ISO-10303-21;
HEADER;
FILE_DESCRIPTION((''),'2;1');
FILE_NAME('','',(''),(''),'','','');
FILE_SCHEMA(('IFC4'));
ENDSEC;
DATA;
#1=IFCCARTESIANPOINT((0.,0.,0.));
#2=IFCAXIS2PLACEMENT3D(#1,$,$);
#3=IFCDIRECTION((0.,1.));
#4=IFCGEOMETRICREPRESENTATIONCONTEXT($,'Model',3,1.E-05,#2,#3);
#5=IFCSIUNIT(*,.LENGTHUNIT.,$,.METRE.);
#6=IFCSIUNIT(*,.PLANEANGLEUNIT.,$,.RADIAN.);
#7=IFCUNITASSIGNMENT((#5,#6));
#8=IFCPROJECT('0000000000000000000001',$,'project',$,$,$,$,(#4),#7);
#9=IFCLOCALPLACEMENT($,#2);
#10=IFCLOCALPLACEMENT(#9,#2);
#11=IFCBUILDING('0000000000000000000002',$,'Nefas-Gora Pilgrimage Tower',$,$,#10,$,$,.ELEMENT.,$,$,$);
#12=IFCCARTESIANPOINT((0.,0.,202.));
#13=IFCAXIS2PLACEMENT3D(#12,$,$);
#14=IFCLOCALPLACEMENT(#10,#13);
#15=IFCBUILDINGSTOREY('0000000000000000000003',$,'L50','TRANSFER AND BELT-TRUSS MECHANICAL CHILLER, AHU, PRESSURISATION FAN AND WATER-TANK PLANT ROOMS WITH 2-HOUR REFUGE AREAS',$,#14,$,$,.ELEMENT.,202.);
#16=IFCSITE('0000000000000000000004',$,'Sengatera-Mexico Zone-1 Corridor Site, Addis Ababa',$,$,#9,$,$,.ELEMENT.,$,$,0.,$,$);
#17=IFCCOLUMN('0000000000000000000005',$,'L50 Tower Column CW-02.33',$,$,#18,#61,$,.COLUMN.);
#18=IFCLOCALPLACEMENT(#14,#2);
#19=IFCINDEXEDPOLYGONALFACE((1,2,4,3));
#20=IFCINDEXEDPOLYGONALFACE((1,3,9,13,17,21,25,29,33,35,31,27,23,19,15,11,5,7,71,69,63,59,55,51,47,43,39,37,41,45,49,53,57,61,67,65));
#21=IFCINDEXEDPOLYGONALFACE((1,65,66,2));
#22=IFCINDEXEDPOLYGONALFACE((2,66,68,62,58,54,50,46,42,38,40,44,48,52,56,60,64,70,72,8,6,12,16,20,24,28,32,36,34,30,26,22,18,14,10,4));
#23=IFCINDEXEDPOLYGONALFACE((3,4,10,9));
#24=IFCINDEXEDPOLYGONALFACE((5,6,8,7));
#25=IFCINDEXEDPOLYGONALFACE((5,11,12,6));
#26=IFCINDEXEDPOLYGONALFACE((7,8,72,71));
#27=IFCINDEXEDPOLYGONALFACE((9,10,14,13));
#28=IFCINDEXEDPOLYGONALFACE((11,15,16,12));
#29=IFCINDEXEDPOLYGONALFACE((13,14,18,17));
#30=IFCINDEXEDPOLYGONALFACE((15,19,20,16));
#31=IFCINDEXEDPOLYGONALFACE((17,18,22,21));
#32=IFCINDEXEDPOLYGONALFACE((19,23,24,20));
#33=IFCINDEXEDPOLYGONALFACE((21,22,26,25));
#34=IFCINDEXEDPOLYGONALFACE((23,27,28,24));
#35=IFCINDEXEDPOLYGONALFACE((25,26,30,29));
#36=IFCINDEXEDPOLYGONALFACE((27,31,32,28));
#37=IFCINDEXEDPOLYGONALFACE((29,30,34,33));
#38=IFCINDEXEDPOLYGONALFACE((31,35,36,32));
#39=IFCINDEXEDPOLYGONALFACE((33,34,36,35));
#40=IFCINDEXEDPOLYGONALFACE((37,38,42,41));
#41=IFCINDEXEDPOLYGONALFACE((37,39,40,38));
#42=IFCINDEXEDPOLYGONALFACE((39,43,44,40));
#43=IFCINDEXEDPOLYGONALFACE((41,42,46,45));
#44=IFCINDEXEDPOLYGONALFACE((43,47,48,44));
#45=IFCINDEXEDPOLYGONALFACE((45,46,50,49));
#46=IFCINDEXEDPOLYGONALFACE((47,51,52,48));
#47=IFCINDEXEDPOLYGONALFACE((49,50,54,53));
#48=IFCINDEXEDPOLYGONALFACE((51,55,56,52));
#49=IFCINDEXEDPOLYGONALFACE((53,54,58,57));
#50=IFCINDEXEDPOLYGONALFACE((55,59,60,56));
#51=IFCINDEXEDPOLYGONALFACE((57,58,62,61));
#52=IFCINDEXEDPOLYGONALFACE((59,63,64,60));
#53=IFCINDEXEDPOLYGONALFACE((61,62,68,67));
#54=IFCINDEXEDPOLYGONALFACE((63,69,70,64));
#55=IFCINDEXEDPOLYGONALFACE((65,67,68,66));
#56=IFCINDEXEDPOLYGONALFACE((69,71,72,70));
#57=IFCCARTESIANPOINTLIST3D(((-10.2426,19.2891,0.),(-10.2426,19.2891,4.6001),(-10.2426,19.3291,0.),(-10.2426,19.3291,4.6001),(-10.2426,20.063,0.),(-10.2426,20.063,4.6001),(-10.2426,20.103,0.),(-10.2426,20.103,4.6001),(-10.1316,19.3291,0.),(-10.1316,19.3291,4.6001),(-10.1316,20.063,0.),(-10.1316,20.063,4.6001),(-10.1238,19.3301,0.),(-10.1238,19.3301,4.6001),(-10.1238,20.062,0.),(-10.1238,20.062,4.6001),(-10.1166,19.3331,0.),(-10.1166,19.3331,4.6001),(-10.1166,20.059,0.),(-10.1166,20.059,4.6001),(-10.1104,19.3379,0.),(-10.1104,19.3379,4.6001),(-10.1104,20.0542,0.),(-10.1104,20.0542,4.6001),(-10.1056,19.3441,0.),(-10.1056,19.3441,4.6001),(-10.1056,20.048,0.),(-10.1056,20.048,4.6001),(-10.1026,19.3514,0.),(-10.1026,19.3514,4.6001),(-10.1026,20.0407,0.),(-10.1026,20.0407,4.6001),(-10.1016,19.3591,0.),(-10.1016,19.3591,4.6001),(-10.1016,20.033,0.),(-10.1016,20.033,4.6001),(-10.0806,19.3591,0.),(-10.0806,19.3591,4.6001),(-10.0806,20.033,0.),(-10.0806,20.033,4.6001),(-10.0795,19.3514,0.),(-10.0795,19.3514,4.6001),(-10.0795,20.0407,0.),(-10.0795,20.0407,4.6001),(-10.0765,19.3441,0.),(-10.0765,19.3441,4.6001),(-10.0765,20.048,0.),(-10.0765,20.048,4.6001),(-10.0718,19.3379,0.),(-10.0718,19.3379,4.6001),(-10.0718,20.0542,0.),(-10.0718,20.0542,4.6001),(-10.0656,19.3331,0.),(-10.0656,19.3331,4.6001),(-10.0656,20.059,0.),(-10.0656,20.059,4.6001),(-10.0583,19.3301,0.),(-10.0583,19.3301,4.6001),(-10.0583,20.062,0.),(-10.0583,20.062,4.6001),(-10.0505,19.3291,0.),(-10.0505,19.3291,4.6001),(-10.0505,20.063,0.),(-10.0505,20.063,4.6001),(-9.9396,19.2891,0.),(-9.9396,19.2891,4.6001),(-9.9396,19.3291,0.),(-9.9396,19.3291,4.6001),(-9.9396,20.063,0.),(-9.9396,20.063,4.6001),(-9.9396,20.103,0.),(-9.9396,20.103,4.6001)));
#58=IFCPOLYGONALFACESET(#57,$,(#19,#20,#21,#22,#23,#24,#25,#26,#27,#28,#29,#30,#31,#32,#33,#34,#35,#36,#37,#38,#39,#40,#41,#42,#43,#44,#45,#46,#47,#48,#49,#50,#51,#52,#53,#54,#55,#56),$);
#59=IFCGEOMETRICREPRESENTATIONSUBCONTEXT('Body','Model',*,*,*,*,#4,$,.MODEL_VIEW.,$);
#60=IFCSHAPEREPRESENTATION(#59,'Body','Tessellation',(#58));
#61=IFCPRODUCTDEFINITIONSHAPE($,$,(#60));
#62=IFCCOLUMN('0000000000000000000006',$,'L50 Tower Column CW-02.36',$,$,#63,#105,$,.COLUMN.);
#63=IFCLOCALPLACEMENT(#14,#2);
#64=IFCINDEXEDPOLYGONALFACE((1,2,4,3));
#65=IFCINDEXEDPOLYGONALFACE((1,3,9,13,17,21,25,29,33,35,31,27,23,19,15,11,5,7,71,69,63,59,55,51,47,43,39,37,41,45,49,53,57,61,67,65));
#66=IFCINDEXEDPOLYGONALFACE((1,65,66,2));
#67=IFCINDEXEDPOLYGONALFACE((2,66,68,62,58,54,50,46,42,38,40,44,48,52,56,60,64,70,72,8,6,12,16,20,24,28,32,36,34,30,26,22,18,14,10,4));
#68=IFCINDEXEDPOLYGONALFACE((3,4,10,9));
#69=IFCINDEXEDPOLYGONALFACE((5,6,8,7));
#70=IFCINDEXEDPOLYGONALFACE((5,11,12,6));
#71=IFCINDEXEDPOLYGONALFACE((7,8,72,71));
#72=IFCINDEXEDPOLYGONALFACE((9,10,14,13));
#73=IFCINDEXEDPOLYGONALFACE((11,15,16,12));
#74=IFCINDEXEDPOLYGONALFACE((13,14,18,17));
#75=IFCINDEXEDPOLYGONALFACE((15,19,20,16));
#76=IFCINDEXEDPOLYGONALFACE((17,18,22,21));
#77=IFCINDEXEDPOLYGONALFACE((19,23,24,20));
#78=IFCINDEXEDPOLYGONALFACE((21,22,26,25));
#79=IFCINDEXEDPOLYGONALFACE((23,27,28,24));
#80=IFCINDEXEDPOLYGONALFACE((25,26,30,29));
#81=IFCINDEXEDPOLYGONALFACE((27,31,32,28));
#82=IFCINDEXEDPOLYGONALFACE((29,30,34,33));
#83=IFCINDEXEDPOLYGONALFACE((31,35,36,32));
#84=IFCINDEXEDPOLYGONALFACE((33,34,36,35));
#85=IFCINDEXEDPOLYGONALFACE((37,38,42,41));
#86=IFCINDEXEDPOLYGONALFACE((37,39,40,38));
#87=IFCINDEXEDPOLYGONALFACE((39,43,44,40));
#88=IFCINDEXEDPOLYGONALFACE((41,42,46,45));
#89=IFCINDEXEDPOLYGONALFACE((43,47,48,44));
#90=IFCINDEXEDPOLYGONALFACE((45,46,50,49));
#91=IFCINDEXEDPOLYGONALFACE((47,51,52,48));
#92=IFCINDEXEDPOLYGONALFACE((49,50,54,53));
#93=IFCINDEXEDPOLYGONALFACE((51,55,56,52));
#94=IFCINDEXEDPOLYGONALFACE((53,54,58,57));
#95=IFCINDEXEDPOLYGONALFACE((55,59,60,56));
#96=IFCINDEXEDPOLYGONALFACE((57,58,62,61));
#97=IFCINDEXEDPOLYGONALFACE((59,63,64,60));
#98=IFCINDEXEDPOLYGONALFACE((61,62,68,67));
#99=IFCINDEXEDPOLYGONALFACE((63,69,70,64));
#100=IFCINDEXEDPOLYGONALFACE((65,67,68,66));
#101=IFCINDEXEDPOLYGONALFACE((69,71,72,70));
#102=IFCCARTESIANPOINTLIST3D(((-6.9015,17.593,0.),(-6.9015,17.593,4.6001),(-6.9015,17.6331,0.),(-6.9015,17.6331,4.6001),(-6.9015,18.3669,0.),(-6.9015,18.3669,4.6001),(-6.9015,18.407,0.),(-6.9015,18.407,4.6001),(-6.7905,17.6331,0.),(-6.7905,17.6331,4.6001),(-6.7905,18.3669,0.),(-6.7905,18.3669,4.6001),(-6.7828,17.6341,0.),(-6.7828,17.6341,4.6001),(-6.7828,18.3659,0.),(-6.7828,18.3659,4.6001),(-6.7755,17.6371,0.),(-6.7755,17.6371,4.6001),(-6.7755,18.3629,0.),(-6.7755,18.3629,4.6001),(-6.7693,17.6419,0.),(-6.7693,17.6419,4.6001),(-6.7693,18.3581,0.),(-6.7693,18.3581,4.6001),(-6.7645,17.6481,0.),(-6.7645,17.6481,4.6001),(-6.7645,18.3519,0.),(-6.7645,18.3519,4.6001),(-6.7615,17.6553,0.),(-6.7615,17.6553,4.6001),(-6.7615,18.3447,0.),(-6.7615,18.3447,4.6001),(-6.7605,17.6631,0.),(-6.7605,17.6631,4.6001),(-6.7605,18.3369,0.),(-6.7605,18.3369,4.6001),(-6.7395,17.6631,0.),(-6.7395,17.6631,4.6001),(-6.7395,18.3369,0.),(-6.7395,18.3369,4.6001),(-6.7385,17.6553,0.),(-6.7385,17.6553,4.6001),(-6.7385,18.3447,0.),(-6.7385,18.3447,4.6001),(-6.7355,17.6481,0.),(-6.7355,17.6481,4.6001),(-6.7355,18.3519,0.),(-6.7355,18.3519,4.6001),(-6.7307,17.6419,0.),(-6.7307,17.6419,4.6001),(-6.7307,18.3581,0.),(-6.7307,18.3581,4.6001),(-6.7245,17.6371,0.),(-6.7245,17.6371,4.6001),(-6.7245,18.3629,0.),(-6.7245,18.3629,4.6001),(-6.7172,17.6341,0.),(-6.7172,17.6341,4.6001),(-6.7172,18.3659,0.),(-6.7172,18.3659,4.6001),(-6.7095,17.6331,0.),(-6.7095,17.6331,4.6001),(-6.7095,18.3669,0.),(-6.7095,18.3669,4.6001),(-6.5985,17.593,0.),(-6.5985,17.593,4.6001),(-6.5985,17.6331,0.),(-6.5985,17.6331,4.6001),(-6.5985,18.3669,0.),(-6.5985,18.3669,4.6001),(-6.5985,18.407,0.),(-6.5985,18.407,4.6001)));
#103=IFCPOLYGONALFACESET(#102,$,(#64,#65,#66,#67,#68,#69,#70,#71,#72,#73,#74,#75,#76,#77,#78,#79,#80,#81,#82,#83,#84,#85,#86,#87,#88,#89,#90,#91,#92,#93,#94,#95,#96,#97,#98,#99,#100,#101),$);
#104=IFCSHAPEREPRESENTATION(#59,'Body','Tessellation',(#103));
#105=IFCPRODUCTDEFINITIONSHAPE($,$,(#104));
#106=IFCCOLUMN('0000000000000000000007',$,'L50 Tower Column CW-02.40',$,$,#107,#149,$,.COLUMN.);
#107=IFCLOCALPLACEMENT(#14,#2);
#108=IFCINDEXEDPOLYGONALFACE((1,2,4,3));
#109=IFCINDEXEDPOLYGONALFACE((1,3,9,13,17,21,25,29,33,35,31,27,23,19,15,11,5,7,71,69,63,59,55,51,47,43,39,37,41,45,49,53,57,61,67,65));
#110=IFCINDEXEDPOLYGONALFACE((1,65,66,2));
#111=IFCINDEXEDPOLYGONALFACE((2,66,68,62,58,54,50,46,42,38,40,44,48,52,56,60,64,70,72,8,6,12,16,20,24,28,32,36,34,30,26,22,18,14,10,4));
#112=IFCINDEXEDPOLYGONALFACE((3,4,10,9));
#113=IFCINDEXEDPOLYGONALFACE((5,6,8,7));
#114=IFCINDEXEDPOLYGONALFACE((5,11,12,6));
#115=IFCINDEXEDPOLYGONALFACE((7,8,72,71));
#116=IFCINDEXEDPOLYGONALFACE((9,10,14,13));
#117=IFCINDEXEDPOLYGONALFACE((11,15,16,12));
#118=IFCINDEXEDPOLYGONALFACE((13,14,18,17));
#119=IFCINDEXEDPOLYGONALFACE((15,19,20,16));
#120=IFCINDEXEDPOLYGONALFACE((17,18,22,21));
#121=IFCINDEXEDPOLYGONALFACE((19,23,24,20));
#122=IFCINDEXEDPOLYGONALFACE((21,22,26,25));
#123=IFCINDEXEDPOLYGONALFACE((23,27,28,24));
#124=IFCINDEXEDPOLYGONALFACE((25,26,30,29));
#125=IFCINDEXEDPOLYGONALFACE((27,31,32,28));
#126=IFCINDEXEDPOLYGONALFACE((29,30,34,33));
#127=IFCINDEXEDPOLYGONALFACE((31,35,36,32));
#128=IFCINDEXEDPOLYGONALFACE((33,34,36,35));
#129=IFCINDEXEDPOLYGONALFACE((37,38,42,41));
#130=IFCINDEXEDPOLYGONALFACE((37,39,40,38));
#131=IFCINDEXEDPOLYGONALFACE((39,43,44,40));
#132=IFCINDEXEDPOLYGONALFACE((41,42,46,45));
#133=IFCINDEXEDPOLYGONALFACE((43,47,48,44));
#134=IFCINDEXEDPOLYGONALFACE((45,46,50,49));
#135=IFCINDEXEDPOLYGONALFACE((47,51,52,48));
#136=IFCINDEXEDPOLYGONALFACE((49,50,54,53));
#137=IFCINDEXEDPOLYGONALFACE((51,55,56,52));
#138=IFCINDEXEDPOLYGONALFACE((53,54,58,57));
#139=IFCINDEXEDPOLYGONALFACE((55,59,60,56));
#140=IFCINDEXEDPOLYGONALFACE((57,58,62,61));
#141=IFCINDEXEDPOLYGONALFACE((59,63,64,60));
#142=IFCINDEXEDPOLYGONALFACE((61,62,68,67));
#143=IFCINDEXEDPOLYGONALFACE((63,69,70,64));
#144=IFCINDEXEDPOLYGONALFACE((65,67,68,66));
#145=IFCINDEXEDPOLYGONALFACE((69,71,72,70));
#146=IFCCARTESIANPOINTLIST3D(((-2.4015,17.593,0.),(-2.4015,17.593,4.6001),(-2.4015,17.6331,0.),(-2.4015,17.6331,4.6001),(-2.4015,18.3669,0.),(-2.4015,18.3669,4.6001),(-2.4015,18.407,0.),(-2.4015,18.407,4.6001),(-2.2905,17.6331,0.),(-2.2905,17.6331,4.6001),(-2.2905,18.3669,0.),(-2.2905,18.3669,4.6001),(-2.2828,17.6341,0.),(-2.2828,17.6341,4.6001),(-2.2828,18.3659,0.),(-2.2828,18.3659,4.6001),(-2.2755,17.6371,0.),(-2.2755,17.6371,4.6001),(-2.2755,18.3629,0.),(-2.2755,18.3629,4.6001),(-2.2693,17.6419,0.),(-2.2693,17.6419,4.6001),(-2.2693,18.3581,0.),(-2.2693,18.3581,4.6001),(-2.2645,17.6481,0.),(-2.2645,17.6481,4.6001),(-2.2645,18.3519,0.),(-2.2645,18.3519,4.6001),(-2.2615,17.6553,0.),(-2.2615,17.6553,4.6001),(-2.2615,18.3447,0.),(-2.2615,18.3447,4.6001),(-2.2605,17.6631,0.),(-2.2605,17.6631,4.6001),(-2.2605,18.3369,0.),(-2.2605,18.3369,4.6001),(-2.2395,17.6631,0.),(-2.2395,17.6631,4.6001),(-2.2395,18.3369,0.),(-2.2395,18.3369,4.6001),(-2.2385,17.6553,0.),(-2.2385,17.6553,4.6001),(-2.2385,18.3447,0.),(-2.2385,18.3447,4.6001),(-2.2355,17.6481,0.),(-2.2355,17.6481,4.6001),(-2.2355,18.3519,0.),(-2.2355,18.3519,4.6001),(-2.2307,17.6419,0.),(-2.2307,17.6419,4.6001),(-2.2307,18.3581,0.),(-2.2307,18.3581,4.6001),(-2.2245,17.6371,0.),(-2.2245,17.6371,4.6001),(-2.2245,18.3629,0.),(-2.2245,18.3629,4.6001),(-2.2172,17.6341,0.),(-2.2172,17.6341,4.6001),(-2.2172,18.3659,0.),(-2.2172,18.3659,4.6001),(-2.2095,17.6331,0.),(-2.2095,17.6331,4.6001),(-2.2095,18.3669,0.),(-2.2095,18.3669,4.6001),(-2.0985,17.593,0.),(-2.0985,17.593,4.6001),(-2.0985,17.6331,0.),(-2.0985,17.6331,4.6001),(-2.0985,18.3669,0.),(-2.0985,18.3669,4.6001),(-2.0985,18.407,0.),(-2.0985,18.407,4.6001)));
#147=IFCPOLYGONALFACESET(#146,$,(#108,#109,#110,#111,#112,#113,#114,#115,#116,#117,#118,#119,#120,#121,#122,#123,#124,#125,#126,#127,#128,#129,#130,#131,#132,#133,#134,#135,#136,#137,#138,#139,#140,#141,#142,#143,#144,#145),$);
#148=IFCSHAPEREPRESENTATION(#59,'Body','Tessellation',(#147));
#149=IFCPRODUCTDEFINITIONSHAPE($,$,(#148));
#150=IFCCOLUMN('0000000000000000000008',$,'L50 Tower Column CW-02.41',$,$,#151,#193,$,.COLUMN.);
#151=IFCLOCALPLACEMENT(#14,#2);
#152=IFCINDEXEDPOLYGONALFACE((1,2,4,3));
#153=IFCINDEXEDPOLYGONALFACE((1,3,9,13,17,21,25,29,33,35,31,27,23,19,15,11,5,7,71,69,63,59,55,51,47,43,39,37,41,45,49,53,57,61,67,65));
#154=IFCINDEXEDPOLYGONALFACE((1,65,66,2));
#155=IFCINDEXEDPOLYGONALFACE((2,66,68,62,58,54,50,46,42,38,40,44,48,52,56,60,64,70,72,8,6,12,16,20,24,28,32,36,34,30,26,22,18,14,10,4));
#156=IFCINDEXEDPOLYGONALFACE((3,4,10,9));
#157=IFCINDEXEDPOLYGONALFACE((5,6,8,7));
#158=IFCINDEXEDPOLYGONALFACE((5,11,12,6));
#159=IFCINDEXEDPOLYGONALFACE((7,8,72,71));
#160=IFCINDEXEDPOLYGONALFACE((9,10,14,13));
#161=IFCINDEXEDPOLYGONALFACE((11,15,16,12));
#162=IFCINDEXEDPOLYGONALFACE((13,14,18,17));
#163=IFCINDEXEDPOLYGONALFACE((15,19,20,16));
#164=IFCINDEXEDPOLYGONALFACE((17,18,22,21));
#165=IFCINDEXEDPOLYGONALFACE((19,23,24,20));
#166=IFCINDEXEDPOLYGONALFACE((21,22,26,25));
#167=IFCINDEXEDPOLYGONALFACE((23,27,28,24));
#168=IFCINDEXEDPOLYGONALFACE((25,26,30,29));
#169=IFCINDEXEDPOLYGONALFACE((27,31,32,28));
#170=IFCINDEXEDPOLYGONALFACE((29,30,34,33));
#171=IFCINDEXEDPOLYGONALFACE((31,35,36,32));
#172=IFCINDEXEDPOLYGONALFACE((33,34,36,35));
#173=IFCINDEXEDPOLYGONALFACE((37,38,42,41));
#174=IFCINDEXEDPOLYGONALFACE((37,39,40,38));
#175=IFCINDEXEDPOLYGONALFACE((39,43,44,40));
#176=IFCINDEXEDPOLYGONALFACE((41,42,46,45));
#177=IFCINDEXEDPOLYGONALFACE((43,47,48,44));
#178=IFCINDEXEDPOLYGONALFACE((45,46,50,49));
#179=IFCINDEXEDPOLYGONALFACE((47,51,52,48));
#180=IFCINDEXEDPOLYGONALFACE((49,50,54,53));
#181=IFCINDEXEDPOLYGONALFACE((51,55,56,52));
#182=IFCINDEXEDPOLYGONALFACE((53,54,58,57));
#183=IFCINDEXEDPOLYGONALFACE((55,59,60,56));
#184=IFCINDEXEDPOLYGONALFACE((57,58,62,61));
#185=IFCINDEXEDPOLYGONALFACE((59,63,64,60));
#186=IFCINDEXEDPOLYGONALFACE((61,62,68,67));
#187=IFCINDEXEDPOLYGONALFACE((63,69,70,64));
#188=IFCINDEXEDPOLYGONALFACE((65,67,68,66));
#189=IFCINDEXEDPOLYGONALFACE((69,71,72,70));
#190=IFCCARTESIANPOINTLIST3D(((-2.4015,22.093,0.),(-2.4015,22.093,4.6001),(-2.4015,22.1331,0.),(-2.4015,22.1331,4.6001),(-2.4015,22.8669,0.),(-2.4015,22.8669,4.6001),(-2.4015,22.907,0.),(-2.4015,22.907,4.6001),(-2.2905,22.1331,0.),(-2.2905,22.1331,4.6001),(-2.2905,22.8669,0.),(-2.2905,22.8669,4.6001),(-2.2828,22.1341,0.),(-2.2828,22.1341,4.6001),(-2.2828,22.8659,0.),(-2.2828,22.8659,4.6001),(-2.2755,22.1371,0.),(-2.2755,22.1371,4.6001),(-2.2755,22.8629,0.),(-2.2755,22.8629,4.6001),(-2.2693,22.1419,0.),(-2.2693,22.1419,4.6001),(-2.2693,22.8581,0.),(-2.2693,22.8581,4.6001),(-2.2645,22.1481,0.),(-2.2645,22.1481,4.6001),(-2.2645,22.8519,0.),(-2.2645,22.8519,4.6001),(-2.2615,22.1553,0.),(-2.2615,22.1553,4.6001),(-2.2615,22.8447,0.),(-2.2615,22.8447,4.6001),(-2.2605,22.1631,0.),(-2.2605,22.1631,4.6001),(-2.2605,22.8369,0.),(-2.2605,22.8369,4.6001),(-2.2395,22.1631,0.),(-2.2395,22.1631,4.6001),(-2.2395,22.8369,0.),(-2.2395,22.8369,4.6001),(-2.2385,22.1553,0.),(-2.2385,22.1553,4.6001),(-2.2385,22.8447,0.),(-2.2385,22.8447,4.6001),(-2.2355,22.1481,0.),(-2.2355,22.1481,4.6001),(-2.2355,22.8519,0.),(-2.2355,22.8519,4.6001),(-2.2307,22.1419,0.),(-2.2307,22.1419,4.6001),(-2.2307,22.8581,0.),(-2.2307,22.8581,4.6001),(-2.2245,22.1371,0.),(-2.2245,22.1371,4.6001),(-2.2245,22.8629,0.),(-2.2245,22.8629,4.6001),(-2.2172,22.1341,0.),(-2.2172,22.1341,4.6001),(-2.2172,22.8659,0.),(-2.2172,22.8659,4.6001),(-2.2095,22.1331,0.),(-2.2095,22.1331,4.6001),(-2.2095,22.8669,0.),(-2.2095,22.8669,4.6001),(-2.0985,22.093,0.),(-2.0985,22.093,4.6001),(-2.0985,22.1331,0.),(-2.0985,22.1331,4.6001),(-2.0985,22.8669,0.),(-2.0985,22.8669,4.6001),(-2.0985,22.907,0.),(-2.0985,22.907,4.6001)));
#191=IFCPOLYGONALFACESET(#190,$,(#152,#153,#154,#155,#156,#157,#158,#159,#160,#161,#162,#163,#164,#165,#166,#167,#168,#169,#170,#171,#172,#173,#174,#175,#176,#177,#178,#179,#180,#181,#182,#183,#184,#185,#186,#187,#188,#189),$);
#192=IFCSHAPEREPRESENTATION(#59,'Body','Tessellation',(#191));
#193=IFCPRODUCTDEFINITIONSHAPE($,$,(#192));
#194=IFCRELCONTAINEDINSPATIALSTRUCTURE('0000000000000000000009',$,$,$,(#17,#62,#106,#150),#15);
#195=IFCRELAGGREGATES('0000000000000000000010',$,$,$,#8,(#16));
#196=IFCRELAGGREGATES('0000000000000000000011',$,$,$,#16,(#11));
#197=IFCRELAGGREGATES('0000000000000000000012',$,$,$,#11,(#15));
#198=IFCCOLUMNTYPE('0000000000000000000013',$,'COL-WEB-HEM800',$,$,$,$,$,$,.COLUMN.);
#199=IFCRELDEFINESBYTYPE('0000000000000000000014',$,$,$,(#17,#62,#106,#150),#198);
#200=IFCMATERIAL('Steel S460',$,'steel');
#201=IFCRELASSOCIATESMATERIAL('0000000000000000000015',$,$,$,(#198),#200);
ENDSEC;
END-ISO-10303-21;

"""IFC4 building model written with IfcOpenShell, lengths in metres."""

from ifc_helpers import new_model, si_unit, direction, frame, origin, origin_2d, place, context, subcontext, project, spatial, i_section, extrude, source, transform, mapped, material, material_profile, profile_set, type_object, element, save


model = new_model("IFC4")

# Units and contexts
model_context = context("Model", 3, precision=1e-05, world=origin(), true_north=direction((0.0, 1.0)))
body_context = subcontext(model_context, "Body", "Model", "MODEL_VIEW")
ifc_project = project(units=[si_unit("LENGTHUNIT", "METRE"), si_unit("PLANEANGLEUNIT", "RADIAN")], contexts=[model_context])

# Site, building, storey
site_placement = place(None, origin())
site = spatial("IfcSite", under=ifc_project, at=site_placement, Name="Sengatera-Mexico Zone-1 Corridor Site, Addis Ababa", CompositionType="ELEMENT", RefElevation=0.0)
building_placement = place(site_placement, origin())
building = spatial("IfcBuilding", under=site, at=building_placement, Name="Nefas-Gora Pilgrimage Tower", CompositionType="ELEMENT")
storey_placement = place(building_placement, frame((0.0, 0.0, 202.0)))
storey = spatial("IfcBuildingStorey", under=building, at=storey_placement, Name="L50", Description="TRANSFER AND BELT-TRUSS MECHANICAL CHILLER, AHU, PRESSURISATION FAN AND WATER-TANK PLANT ROOMS WITH 2-HOUR REFUGE AREAS", CompositionType="ELEMENT", Elevation=202.0)

# Columns
ifc_material_1 = material(Name="Steel S460", Category="steel")
ifc_material_profile_1 = material_profile(ifc_material_1, i_section(OverallWidth=0.303, OverallDepth=0.814, WebThickness=0.021, FlangeThickness=0.04, FilletRadius=0.03, at=origin_2d()), Name="HEM 800")
ifc_profile_set_1 = profile_set([ifc_material_profile_1], Name="Steel S460")
column_type_1 = type_object("IfcColumnType", Name="COL-WEB-HEM800", PredefinedType="COLUMN", material=ifc_profile_set_1)
shared_shape_1 = source(origin(), body_context, "Body", "SweptSolid", [
    extrude(i_section(OverallWidth=0.303, OverallDepth=0.814, WebThickness=0.021, FlangeThickness=0.04, FilletRadius=0.03, at=origin_2d()), origin(), (0.0, 0.0, 1.0), 4.6001),
])
for number, where, z_axis, x_axis, name in (
    (1, (-10.0911, 19.696, 0.0), (0.0, 0.0, 1.0), (1.0, 0.0, 0.0), "L50 Tower Column CW-02.33"),
    (2, (-6.75, 18.0, 0.0), (0.0, 0.0, 1.0), (1.0, 0.0, 0.0), "L50 Tower Column CW-02.36"),
    (3, (-2.25, 18.0, 0.0), (0.0, 0.0, 1.0), (1.0, 0.0, 0.0), "L50 Tower Column CW-02.40"),
    (4, (-2.25, 22.5, 0.0), (0.0, 0.0, 1.0), (1.0, 0.0, 0.0), "L50 Tower Column CW-02.41"),
):
    element("IfcColumn", number, at=place(storey_placement, frame(where, z_axis=z_axis, x_axis=x_axis)), inside=storey, type_object=column_type_1, Name=name, PredefinedType="COLUMN", context=body_context, shape_type="MappedRepresentation", body=[
        mapped(shared_shape_1, transform((0.0, 0.0, 0.0), x_axis=(1.0, 0.0, 0.0), y_axis=(0.0, 1.0, 0.0), z_axis=(0.0, 0.0, 1.0), scale=1.0)),
    ])

save(model, "model.ifc")
